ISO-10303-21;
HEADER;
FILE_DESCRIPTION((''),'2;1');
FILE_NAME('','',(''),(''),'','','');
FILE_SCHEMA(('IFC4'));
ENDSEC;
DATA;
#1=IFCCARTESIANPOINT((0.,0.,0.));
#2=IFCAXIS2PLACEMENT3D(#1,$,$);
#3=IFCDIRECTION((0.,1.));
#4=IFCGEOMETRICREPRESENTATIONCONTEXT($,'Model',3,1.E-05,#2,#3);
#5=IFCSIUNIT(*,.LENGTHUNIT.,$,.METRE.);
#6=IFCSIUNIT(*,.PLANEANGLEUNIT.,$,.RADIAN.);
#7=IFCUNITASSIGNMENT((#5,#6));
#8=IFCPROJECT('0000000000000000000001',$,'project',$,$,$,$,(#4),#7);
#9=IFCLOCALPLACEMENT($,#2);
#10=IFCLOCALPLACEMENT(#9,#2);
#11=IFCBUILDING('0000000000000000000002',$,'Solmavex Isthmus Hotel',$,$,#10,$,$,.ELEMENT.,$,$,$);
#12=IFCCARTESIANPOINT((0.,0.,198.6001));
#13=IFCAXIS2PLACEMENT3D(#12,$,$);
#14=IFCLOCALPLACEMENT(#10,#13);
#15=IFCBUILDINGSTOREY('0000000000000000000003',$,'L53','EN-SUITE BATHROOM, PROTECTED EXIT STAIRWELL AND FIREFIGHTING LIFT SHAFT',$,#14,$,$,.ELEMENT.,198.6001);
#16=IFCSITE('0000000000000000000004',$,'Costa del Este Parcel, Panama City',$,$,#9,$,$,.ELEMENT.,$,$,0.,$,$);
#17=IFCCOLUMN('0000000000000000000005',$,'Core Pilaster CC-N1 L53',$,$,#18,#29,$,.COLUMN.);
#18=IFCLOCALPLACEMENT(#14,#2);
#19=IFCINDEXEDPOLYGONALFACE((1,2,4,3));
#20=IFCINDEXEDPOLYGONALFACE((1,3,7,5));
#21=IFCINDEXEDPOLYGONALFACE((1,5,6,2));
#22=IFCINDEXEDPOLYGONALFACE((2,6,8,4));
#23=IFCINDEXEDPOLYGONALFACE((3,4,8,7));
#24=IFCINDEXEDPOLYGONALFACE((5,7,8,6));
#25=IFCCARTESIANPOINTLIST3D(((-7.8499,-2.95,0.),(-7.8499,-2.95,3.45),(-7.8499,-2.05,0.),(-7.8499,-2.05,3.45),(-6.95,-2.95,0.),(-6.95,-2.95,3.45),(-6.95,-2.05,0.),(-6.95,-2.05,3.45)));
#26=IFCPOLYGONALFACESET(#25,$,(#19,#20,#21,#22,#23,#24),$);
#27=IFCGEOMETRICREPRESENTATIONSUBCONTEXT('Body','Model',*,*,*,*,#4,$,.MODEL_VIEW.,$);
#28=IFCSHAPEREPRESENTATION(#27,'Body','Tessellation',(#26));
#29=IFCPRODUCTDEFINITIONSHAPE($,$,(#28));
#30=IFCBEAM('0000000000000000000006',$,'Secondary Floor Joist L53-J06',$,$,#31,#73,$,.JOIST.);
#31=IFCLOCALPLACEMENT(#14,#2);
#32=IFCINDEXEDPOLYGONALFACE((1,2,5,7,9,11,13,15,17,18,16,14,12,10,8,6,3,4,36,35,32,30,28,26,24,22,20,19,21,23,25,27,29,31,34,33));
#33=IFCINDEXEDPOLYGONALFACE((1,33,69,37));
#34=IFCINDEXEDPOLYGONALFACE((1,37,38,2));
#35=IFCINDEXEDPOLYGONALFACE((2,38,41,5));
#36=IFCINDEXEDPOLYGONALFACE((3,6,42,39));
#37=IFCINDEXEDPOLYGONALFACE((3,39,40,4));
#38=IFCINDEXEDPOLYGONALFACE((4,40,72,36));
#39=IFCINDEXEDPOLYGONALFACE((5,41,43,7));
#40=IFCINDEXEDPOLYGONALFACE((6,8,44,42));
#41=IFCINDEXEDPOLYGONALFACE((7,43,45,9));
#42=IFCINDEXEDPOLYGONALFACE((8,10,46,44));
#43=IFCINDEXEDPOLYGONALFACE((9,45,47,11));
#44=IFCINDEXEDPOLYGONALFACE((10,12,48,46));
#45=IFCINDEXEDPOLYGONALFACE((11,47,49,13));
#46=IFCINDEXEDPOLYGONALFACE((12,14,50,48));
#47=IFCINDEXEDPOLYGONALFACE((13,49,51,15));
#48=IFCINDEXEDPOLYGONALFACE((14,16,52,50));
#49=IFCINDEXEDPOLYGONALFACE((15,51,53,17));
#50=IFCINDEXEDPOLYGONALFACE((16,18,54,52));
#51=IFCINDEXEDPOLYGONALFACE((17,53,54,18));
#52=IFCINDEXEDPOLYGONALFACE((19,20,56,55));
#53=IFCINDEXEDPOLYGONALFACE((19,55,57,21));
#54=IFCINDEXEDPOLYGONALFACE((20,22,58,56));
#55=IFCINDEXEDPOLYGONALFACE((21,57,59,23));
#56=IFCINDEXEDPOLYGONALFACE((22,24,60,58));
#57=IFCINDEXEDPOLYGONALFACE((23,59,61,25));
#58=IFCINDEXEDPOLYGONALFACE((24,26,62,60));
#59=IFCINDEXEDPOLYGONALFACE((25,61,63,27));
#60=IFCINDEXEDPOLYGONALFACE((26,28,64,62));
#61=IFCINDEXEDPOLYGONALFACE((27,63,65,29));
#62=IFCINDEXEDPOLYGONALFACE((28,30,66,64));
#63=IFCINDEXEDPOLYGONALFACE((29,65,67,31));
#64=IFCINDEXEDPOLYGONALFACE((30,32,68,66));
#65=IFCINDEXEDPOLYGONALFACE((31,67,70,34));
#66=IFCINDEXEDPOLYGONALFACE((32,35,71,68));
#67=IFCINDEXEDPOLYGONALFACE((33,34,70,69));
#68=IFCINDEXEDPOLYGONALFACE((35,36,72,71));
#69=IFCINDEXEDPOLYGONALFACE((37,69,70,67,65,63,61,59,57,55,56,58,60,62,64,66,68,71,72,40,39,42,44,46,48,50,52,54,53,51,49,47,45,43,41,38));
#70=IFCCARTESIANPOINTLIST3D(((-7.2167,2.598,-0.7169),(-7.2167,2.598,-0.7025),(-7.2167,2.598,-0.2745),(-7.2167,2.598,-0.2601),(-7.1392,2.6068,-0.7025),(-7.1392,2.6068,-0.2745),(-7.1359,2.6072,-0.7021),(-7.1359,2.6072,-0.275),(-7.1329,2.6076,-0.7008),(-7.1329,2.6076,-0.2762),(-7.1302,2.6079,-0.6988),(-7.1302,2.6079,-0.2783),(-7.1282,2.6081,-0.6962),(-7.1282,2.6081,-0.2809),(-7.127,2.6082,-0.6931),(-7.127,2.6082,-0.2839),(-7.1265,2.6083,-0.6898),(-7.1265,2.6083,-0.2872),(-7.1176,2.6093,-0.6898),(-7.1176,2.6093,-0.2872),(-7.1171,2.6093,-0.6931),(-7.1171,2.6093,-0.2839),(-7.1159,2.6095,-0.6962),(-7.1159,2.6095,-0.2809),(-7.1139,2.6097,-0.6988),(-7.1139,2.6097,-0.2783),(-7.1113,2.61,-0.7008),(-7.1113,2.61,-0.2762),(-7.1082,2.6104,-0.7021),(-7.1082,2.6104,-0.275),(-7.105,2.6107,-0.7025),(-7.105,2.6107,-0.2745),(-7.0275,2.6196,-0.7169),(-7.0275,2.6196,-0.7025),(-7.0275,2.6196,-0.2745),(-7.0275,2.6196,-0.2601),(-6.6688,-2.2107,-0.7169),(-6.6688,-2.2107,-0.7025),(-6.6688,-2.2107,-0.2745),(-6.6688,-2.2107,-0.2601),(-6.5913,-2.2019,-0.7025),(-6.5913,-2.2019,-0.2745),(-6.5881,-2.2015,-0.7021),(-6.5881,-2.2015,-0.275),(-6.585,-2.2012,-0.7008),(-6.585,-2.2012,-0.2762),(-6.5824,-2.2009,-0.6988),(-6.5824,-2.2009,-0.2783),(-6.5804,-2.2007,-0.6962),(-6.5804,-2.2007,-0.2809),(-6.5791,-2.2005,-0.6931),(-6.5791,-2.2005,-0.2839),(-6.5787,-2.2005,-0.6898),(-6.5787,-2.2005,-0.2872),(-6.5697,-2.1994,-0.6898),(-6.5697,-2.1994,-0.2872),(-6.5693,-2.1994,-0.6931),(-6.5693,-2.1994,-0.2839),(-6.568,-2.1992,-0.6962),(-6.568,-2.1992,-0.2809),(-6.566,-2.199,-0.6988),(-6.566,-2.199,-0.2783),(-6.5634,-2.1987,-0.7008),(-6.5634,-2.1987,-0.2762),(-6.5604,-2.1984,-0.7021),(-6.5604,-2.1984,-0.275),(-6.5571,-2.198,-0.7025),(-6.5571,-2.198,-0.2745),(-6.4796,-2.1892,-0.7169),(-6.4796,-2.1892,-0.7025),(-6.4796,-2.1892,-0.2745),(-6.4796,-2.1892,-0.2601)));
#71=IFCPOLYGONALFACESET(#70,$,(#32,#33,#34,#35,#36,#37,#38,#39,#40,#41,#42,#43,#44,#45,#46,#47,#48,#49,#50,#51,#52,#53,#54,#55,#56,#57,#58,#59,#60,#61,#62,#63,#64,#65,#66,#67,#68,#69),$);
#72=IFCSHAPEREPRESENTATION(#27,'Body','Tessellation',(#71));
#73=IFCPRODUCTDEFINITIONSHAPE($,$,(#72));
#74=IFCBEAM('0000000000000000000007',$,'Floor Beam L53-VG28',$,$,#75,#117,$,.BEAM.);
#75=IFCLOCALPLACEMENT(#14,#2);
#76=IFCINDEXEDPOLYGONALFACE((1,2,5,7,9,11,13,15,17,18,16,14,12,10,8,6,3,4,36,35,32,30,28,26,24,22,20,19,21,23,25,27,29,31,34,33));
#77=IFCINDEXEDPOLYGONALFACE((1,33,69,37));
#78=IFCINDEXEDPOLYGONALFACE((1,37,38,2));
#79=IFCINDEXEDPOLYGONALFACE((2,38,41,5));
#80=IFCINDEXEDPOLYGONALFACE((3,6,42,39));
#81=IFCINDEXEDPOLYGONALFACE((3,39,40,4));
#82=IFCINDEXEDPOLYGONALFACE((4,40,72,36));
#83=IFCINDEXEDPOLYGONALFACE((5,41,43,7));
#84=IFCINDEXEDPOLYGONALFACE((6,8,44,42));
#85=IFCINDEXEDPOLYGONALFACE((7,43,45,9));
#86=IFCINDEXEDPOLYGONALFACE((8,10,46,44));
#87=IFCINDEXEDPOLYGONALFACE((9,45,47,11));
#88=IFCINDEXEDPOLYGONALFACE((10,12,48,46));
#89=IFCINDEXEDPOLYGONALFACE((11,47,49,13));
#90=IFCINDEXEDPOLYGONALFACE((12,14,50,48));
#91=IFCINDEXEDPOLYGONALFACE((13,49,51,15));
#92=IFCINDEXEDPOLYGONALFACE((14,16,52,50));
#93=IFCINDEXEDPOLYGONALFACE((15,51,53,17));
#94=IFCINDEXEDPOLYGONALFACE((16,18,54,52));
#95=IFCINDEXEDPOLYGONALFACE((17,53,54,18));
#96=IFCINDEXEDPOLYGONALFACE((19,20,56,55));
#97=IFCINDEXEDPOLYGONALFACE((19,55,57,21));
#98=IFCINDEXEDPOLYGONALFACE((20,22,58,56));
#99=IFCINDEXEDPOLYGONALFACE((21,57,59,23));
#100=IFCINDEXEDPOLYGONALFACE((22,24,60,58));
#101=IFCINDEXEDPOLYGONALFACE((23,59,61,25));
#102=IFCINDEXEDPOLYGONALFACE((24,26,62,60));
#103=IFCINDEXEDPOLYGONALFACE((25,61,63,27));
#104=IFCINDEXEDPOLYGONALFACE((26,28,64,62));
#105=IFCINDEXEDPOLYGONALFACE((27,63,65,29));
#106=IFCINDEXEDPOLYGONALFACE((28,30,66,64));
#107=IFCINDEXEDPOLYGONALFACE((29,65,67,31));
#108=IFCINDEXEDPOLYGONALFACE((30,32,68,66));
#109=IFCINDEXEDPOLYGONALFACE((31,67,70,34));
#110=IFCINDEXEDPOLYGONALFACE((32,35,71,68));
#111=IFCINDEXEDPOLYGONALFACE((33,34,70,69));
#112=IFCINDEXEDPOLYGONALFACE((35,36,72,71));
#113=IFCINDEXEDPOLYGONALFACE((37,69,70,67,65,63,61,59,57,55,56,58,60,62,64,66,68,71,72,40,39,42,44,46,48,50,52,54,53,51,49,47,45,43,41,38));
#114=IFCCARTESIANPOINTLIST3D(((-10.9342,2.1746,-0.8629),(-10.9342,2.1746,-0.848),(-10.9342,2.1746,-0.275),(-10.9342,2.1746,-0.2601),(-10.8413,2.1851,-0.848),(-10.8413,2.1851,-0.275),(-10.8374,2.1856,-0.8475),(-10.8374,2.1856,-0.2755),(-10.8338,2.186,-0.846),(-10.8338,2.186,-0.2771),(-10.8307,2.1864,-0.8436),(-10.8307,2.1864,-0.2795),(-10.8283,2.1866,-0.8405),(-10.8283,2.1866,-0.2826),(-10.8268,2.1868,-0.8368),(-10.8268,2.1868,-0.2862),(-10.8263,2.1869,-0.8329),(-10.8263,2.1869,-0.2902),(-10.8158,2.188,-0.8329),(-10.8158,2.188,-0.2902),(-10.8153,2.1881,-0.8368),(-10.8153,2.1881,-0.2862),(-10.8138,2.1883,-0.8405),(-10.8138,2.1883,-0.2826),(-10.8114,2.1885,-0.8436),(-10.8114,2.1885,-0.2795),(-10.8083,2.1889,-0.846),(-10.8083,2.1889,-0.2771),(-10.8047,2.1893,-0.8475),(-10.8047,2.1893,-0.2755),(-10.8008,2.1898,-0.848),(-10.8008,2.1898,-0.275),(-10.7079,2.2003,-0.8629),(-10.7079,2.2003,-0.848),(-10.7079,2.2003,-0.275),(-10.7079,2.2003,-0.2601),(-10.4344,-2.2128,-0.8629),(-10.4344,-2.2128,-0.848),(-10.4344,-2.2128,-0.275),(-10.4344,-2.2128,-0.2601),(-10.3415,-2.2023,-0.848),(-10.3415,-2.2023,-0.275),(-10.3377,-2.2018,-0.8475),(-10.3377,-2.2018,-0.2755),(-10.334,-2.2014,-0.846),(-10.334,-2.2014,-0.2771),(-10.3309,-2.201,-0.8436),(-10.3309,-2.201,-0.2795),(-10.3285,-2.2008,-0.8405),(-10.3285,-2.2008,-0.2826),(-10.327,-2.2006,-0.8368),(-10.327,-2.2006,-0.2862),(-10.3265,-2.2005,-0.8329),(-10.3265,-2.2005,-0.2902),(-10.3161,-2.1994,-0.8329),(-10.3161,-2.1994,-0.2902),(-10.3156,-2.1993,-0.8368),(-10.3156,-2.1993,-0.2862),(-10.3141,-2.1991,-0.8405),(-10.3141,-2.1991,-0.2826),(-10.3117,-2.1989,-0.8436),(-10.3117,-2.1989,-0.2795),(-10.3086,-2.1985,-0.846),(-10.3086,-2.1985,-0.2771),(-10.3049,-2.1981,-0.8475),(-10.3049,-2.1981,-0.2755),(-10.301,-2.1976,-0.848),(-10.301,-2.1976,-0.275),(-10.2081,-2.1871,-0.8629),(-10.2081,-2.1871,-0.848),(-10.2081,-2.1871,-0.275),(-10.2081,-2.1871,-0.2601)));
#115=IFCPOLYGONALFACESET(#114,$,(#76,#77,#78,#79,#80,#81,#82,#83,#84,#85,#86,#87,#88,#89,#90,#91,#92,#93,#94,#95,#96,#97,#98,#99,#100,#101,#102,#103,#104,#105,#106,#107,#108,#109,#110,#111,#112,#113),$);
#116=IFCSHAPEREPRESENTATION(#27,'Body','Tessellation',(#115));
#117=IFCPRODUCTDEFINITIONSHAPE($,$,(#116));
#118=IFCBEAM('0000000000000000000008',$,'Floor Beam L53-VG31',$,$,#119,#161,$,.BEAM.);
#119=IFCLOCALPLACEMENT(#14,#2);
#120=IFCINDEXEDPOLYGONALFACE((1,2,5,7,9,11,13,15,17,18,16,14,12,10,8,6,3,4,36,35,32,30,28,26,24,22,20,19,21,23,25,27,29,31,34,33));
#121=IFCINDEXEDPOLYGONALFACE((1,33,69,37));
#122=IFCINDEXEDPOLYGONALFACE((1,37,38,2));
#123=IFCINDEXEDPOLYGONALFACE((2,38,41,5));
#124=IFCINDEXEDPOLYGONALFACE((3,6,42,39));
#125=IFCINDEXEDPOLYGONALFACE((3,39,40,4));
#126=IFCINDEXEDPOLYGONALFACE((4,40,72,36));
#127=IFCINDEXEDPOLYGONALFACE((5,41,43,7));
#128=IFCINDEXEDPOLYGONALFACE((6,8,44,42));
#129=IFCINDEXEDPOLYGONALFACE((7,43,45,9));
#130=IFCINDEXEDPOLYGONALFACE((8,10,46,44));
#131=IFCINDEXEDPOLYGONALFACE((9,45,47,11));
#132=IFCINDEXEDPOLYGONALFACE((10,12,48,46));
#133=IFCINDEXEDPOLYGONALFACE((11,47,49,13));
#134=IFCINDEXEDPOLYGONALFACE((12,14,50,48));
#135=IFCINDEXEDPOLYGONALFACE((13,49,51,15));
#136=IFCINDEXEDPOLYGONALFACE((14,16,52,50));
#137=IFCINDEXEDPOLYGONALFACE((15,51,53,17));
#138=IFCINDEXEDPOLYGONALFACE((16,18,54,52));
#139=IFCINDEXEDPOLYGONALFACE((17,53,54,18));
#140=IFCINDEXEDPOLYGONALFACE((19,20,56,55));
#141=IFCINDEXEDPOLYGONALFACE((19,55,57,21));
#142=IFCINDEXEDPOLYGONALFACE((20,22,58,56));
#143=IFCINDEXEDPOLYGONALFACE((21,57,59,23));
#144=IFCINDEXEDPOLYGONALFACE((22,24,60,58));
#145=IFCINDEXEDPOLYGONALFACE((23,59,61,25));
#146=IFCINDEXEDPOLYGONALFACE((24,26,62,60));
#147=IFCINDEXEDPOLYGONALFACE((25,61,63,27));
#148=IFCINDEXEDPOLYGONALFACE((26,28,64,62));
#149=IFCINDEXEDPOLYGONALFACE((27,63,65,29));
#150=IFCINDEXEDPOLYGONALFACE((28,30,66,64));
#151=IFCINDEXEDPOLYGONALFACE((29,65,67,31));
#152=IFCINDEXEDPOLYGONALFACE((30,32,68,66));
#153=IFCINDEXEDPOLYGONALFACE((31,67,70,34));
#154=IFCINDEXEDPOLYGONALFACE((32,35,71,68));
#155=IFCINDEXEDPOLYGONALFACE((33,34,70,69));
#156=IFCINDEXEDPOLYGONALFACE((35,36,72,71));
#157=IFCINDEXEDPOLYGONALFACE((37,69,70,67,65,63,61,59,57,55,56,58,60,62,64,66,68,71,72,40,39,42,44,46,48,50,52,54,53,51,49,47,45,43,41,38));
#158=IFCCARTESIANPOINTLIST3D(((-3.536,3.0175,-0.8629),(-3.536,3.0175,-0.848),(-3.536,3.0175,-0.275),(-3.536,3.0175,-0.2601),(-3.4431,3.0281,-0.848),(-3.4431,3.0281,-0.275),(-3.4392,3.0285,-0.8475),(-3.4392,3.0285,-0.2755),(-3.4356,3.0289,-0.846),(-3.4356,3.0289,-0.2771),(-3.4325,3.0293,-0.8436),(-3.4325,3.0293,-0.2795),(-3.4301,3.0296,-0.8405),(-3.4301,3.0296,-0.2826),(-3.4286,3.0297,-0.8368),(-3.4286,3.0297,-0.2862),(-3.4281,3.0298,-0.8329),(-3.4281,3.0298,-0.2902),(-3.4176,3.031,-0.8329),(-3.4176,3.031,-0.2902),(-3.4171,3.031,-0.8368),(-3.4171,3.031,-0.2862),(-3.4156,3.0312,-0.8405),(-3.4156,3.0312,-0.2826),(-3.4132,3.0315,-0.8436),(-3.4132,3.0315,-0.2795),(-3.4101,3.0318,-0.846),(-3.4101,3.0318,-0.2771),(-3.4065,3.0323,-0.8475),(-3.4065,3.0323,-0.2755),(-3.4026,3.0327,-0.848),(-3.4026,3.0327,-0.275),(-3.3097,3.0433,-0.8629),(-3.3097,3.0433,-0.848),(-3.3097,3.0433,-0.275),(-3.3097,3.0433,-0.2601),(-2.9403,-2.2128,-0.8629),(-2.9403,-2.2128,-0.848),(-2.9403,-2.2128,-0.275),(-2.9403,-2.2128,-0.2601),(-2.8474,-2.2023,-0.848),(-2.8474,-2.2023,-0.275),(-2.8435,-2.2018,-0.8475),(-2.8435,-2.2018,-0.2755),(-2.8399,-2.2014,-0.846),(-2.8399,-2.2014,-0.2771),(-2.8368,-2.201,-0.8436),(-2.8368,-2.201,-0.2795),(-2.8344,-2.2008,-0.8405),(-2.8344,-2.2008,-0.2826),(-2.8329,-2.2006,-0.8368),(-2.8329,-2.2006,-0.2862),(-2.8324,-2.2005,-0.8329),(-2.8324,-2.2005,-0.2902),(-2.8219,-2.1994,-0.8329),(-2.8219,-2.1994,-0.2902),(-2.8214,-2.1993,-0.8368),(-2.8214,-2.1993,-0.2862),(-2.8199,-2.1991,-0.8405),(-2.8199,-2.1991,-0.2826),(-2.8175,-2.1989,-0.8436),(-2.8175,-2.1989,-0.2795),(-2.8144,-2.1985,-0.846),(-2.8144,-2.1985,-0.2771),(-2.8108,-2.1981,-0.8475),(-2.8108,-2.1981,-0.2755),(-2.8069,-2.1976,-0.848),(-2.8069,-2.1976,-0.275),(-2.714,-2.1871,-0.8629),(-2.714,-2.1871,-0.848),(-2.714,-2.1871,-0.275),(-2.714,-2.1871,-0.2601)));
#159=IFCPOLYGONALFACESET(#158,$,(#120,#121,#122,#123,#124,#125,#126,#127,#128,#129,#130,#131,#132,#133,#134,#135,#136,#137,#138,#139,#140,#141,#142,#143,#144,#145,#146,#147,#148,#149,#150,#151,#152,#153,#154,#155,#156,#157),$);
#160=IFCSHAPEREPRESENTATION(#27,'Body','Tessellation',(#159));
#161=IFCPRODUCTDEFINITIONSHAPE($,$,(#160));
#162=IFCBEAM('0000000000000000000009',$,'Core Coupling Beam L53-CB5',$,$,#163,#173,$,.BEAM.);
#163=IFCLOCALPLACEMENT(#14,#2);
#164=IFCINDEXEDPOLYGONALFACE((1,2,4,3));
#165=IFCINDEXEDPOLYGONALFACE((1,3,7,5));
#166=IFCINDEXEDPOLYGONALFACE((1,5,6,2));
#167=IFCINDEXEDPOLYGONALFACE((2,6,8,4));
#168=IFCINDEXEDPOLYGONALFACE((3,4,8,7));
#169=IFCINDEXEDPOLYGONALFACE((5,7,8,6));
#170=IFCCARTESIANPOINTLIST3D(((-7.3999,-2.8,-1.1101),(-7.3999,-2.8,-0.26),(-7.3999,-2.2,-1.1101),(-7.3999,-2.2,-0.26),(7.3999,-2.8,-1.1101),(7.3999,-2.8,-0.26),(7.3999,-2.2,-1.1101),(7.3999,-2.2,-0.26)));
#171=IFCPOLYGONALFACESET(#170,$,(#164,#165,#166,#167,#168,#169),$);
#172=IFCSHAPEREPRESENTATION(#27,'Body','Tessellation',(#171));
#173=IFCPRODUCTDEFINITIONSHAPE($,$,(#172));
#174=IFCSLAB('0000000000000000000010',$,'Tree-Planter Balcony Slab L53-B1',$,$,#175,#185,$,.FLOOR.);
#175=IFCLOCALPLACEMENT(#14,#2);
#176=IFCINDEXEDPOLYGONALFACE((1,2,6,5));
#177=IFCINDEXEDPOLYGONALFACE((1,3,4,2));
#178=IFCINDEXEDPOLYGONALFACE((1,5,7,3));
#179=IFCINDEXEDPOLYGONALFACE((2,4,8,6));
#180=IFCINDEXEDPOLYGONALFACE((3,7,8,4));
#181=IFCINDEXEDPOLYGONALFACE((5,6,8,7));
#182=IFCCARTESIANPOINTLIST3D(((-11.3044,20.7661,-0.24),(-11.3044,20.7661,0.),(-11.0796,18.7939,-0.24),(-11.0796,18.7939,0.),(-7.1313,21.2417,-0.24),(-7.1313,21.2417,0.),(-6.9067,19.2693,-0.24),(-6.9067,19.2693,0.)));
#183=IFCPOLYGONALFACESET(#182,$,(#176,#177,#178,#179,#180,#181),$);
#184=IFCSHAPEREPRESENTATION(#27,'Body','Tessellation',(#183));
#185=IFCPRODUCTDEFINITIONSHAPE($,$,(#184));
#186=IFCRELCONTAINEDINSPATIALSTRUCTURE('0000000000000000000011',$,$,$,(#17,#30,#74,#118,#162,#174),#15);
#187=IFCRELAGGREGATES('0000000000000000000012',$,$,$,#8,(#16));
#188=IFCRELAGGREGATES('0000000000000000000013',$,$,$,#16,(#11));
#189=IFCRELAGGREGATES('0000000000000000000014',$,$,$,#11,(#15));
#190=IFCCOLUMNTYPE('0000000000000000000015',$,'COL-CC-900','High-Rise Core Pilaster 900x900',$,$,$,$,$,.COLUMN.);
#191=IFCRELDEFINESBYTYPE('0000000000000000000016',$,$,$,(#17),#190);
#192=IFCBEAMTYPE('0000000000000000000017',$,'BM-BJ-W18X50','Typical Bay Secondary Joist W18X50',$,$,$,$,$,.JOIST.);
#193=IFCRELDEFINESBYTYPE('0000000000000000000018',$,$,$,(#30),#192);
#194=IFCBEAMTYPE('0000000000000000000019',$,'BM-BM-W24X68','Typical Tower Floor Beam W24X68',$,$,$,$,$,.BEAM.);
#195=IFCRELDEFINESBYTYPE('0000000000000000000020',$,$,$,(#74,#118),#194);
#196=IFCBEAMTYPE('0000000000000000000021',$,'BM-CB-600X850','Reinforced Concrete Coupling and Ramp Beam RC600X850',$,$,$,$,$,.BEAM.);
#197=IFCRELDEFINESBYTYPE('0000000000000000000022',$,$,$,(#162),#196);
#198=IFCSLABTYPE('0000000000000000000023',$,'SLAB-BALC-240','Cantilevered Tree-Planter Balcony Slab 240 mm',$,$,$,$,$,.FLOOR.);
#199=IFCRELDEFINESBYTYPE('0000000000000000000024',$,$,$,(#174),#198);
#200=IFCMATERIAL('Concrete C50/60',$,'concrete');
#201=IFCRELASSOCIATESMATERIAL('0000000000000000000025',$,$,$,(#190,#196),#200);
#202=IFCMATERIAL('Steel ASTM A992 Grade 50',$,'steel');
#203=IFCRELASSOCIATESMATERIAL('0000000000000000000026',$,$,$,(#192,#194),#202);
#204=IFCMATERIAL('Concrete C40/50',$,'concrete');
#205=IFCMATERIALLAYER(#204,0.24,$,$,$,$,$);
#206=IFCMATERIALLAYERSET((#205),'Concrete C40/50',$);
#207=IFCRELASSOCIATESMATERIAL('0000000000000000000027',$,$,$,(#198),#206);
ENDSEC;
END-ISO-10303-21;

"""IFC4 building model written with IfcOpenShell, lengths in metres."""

from ifc_helpers import new_model, si_unit, direction, frame, origin, origin_2d, place, context, subcontext, project, spatial, polyline, rectangle, i_section, outline, extrude, material, layer, layer_set, material_profile, profile_set, type_object, element, save


model = new_model("IFC4")

# Units and contexts
model_context = context("Model", 3, precision=1e-05, world=origin(), true_north=direction((0.0, 1.0)))
body_context = subcontext(model_context, "Body", "Model", "MODEL_VIEW")
ifc_project = project(units=[si_unit("LENGTHUNIT", "METRE"), si_unit("PLANEANGLEUNIT", "RADIAN")], contexts=[model_context])

# Site, building, storey
site_placement = place(None, origin())
site = spatial("IfcSite", under=ifc_project, at=site_placement, Name="Costa del Este Parcel, Panama City", CompositionType="ELEMENT", RefElevation=0.0)
building_placement = place(site_placement, origin())
building = spatial("IfcBuilding", under=site, at=building_placement, Name="Solmavex Isthmus Hotel", CompositionType="ELEMENT")
storey_placement = place(building_placement, frame((0.0, 0.0, 198.6001)))
storey = spatial("IfcBuildingStorey", under=building, at=storey_placement, Name="L53", Description="EN-SUITE BATHROOM, PROTECTED EXIT STAIRWELL AND FIREFIGHTING LIFT SHAFT", CompositionType="ELEMENT", Elevation=198.6001)

# Column
ifc_material_1 = material(Name="Concrete C50/60", Category="concrete")
ifc_material_profile_1 = material_profile(ifc_material_1, rectangle(XDim=0.8999, YDim=0.8999, at=origin_2d()), Name="RC900X900")
ifc_profile_set_1 = profile_set([ifc_material_profile_1], Name="Concrete C50/60")
column_type = type_object("IfcColumnType", Name="COL-CC-900", Description="High-Rise Core Pilaster 900x900", PredefinedType="COLUMN", material=ifc_profile_set_1)
column_placement = place(storey_placement, frame((-7.3999, -2.5, 0.0), z_axis=(0.0, 0.0, 1.0), x_axis=(1.0, 0.0, 0.0)))
element("IfcColumn", 1, at=column_placement, inside=storey, type_object=column_type, Name="Core Pilaster CC-N1 L53", PredefinedType="COLUMN", context=body_context, shape_type="SweptSolid", body=[
    extrude(rectangle(XDim=0.8999, YDim=0.8999, at=origin_2d()), origin(), (0.0, 0.0, 1.0), 3.45),
])

# Beams
ifc_material_2 = material(Name="Steel ASTM A992 Grade 50", Category="steel")
ifc_material_profile_2 = material_profile(ifc_material_2, i_section(OverallWidth=0.1904, OverallDepth=0.4568, WebThickness=0.009, FlangeThickness=0.0144, FilletRadius=0.0127, at=origin_2d()), Name="W18X50")
ifc_profile_set_2 = profile_set([ifc_material_profile_2], Name="Steel ASTM A992 Grade 50")
beam_type_1 = type_object("IfcBeamType", Name="BM-BJ-W18X50", Description="Typical Bay Secondary Joist W18X50", PredefinedType="JOIST", material=ifc_profile_set_2)
beam_1_placement = place(storey_placement, frame((-6.5742, -2.2, -0.4885), z_axis=(-0.113194, 0.993573, 0.0), x_axis=(-0.993573, -0.113194, 0.0)))
element("IfcBeam", 2, at=beam_1_placement, inside=storey, type_object=beam_type_1, Name="Secondary Floor Joist L53-J06", PredefinedType="JOIST", context=body_context, shape_type="SweptSolid", body=[
    extrude(i_section(OverallWidth=0.1904, OverallDepth=0.4568, WebThickness=0.009, FlangeThickness=0.0144, FilletRadius=0.0127, at=origin_2d()), origin(), (0.0, 0.0, 1.0), 4.8398),
])
ifc_material_profile_3 = material_profile(ifc_material_2, i_section(OverallWidth=0.2278, OverallDepth=0.6028, WebThickness=0.0105, FlangeThickness=0.0149, FilletRadius=0.0151, at=origin_2d()), Name="W24X68")
ifc_profile_set_3 = profile_set([ifc_material_profile_3], Name="Steel ASTM A992 Grade 50")
beam_type_2 = type_object("IfcBeamType", Name="BM-BM-W24X68", Description="Typical Tower Floor Beam W24X68", PredefinedType="BEAM", material=ifc_profile_set_3)
beam_2_placement = place(storey_placement, frame((-10.3213, -2.2, -0.5615), z_axis=(-0.113174, 0.993575, 0.0), x_axis=(-0.993575, -0.113174, 0.0)))
element("IfcBeam", 3, at=beam_2_placement, inside=storey, type_object=beam_type_2, Name="Floor Beam L53-VG28", PredefinedType="BEAM", context=body_context, shape_type="SweptSolid", body=[
    extrude(i_section(OverallWidth=0.2278, OverallDepth=0.6028, WebThickness=0.0105, FlangeThickness=0.0149, FilletRadius=0.0151, at=origin_2d()), origin(), (0.0, 0.0, 1.0), 4.4158),
])
beam_3_placement = place(storey_placement, frame((-2.8271, -2.2, -0.5615), z_axis=(-0.113159, 0.993577, 0.0), x_axis=(-0.993577, -0.113159, 0.0)))
element("IfcBeam", 4, at=beam_3_placement, inside=storey, type_object=beam_type_2, Name="Floor Beam L53-VG31", PredefinedType="BEAM", context=body_context, shape_type="SweptSolid", body=[
    extrude(i_section(OverallWidth=0.2278, OverallDepth=0.6028, WebThickness=0.0105, FlangeThickness=0.0149, FilletRadius=0.0151, at=origin_2d()), origin(), (0.0, 0.0, 1.0), 5.2642),
])
ifc_material_profile_4 = material_profile(ifc_material_1, rectangle(XDim=0.6001, YDim=0.8501, at=origin_2d()), Name="RC600X850")
ifc_profile_set_4 = profile_set([ifc_material_profile_4], Name="Concrete C50/60")
beam_type_3 = type_object("IfcBeamType", Name="BM-CB-600X850", Description="Reinforced Concrete Coupling and Ramp Beam RC600X850", PredefinedType="BEAM", material=ifc_profile_set_4)
beam_4_placement = place(storey_placement, frame((-7.3999, -2.5, -0.6851), z_axis=(1.0, 0.0, 0.0), x_axis=(0.0, 1.0, 0.0)))
element("IfcBeam", 5, at=beam_4_placement, inside=storey, type_object=beam_type_3, Name="Core Coupling Beam L53-CB5", PredefinedType="BEAM", context=body_context, shape_type="SweptSolid", body=[
    extrude(rectangle(XDim=0.6001, YDim=0.8501, at=origin_2d()), origin(), (0.0, 0.0, 1.0), 14.7998),
])

# Slab
ifc_material_3 = material(Name="Concrete C40/50", Category="concrete")
ifc_layer_1 = layer(ifc_material_3, 0.24)
ifc_layer_set_1 = layer_set([ifc_layer_1], Name="Concrete C40/50")
slab_type_1 = type_object("IfcSlabType", Name="SLAB-BALC-240", Description="Cantilevered Tree-Planter Balcony Slab 240 mm", PredefinedType="FLOOR", material=ifc_layer_set_1)
slab_1_placement = place(storey_placement, frame((0.0, 0.0, -0.24)))
element("IfcSlab", 6, at=slab_1_placement, inside=storey, type_object=slab_type_1, Name="Tree-Planter Balcony Slab L53-B1", PredefinedType="FLOOR", context=body_context, shape_type="SweptSolid", body=[
    extrude(outline(polyline([(-11.0796, 18.7939), (-6.9067, 19.2693), (-7.1313, 21.2417), (-11.3044, 20.7661), (-11.0796, 18.7939)])), origin(), (0.0, 0.0, 1.0), 0.24),
])

save(model, "model.ifc")
